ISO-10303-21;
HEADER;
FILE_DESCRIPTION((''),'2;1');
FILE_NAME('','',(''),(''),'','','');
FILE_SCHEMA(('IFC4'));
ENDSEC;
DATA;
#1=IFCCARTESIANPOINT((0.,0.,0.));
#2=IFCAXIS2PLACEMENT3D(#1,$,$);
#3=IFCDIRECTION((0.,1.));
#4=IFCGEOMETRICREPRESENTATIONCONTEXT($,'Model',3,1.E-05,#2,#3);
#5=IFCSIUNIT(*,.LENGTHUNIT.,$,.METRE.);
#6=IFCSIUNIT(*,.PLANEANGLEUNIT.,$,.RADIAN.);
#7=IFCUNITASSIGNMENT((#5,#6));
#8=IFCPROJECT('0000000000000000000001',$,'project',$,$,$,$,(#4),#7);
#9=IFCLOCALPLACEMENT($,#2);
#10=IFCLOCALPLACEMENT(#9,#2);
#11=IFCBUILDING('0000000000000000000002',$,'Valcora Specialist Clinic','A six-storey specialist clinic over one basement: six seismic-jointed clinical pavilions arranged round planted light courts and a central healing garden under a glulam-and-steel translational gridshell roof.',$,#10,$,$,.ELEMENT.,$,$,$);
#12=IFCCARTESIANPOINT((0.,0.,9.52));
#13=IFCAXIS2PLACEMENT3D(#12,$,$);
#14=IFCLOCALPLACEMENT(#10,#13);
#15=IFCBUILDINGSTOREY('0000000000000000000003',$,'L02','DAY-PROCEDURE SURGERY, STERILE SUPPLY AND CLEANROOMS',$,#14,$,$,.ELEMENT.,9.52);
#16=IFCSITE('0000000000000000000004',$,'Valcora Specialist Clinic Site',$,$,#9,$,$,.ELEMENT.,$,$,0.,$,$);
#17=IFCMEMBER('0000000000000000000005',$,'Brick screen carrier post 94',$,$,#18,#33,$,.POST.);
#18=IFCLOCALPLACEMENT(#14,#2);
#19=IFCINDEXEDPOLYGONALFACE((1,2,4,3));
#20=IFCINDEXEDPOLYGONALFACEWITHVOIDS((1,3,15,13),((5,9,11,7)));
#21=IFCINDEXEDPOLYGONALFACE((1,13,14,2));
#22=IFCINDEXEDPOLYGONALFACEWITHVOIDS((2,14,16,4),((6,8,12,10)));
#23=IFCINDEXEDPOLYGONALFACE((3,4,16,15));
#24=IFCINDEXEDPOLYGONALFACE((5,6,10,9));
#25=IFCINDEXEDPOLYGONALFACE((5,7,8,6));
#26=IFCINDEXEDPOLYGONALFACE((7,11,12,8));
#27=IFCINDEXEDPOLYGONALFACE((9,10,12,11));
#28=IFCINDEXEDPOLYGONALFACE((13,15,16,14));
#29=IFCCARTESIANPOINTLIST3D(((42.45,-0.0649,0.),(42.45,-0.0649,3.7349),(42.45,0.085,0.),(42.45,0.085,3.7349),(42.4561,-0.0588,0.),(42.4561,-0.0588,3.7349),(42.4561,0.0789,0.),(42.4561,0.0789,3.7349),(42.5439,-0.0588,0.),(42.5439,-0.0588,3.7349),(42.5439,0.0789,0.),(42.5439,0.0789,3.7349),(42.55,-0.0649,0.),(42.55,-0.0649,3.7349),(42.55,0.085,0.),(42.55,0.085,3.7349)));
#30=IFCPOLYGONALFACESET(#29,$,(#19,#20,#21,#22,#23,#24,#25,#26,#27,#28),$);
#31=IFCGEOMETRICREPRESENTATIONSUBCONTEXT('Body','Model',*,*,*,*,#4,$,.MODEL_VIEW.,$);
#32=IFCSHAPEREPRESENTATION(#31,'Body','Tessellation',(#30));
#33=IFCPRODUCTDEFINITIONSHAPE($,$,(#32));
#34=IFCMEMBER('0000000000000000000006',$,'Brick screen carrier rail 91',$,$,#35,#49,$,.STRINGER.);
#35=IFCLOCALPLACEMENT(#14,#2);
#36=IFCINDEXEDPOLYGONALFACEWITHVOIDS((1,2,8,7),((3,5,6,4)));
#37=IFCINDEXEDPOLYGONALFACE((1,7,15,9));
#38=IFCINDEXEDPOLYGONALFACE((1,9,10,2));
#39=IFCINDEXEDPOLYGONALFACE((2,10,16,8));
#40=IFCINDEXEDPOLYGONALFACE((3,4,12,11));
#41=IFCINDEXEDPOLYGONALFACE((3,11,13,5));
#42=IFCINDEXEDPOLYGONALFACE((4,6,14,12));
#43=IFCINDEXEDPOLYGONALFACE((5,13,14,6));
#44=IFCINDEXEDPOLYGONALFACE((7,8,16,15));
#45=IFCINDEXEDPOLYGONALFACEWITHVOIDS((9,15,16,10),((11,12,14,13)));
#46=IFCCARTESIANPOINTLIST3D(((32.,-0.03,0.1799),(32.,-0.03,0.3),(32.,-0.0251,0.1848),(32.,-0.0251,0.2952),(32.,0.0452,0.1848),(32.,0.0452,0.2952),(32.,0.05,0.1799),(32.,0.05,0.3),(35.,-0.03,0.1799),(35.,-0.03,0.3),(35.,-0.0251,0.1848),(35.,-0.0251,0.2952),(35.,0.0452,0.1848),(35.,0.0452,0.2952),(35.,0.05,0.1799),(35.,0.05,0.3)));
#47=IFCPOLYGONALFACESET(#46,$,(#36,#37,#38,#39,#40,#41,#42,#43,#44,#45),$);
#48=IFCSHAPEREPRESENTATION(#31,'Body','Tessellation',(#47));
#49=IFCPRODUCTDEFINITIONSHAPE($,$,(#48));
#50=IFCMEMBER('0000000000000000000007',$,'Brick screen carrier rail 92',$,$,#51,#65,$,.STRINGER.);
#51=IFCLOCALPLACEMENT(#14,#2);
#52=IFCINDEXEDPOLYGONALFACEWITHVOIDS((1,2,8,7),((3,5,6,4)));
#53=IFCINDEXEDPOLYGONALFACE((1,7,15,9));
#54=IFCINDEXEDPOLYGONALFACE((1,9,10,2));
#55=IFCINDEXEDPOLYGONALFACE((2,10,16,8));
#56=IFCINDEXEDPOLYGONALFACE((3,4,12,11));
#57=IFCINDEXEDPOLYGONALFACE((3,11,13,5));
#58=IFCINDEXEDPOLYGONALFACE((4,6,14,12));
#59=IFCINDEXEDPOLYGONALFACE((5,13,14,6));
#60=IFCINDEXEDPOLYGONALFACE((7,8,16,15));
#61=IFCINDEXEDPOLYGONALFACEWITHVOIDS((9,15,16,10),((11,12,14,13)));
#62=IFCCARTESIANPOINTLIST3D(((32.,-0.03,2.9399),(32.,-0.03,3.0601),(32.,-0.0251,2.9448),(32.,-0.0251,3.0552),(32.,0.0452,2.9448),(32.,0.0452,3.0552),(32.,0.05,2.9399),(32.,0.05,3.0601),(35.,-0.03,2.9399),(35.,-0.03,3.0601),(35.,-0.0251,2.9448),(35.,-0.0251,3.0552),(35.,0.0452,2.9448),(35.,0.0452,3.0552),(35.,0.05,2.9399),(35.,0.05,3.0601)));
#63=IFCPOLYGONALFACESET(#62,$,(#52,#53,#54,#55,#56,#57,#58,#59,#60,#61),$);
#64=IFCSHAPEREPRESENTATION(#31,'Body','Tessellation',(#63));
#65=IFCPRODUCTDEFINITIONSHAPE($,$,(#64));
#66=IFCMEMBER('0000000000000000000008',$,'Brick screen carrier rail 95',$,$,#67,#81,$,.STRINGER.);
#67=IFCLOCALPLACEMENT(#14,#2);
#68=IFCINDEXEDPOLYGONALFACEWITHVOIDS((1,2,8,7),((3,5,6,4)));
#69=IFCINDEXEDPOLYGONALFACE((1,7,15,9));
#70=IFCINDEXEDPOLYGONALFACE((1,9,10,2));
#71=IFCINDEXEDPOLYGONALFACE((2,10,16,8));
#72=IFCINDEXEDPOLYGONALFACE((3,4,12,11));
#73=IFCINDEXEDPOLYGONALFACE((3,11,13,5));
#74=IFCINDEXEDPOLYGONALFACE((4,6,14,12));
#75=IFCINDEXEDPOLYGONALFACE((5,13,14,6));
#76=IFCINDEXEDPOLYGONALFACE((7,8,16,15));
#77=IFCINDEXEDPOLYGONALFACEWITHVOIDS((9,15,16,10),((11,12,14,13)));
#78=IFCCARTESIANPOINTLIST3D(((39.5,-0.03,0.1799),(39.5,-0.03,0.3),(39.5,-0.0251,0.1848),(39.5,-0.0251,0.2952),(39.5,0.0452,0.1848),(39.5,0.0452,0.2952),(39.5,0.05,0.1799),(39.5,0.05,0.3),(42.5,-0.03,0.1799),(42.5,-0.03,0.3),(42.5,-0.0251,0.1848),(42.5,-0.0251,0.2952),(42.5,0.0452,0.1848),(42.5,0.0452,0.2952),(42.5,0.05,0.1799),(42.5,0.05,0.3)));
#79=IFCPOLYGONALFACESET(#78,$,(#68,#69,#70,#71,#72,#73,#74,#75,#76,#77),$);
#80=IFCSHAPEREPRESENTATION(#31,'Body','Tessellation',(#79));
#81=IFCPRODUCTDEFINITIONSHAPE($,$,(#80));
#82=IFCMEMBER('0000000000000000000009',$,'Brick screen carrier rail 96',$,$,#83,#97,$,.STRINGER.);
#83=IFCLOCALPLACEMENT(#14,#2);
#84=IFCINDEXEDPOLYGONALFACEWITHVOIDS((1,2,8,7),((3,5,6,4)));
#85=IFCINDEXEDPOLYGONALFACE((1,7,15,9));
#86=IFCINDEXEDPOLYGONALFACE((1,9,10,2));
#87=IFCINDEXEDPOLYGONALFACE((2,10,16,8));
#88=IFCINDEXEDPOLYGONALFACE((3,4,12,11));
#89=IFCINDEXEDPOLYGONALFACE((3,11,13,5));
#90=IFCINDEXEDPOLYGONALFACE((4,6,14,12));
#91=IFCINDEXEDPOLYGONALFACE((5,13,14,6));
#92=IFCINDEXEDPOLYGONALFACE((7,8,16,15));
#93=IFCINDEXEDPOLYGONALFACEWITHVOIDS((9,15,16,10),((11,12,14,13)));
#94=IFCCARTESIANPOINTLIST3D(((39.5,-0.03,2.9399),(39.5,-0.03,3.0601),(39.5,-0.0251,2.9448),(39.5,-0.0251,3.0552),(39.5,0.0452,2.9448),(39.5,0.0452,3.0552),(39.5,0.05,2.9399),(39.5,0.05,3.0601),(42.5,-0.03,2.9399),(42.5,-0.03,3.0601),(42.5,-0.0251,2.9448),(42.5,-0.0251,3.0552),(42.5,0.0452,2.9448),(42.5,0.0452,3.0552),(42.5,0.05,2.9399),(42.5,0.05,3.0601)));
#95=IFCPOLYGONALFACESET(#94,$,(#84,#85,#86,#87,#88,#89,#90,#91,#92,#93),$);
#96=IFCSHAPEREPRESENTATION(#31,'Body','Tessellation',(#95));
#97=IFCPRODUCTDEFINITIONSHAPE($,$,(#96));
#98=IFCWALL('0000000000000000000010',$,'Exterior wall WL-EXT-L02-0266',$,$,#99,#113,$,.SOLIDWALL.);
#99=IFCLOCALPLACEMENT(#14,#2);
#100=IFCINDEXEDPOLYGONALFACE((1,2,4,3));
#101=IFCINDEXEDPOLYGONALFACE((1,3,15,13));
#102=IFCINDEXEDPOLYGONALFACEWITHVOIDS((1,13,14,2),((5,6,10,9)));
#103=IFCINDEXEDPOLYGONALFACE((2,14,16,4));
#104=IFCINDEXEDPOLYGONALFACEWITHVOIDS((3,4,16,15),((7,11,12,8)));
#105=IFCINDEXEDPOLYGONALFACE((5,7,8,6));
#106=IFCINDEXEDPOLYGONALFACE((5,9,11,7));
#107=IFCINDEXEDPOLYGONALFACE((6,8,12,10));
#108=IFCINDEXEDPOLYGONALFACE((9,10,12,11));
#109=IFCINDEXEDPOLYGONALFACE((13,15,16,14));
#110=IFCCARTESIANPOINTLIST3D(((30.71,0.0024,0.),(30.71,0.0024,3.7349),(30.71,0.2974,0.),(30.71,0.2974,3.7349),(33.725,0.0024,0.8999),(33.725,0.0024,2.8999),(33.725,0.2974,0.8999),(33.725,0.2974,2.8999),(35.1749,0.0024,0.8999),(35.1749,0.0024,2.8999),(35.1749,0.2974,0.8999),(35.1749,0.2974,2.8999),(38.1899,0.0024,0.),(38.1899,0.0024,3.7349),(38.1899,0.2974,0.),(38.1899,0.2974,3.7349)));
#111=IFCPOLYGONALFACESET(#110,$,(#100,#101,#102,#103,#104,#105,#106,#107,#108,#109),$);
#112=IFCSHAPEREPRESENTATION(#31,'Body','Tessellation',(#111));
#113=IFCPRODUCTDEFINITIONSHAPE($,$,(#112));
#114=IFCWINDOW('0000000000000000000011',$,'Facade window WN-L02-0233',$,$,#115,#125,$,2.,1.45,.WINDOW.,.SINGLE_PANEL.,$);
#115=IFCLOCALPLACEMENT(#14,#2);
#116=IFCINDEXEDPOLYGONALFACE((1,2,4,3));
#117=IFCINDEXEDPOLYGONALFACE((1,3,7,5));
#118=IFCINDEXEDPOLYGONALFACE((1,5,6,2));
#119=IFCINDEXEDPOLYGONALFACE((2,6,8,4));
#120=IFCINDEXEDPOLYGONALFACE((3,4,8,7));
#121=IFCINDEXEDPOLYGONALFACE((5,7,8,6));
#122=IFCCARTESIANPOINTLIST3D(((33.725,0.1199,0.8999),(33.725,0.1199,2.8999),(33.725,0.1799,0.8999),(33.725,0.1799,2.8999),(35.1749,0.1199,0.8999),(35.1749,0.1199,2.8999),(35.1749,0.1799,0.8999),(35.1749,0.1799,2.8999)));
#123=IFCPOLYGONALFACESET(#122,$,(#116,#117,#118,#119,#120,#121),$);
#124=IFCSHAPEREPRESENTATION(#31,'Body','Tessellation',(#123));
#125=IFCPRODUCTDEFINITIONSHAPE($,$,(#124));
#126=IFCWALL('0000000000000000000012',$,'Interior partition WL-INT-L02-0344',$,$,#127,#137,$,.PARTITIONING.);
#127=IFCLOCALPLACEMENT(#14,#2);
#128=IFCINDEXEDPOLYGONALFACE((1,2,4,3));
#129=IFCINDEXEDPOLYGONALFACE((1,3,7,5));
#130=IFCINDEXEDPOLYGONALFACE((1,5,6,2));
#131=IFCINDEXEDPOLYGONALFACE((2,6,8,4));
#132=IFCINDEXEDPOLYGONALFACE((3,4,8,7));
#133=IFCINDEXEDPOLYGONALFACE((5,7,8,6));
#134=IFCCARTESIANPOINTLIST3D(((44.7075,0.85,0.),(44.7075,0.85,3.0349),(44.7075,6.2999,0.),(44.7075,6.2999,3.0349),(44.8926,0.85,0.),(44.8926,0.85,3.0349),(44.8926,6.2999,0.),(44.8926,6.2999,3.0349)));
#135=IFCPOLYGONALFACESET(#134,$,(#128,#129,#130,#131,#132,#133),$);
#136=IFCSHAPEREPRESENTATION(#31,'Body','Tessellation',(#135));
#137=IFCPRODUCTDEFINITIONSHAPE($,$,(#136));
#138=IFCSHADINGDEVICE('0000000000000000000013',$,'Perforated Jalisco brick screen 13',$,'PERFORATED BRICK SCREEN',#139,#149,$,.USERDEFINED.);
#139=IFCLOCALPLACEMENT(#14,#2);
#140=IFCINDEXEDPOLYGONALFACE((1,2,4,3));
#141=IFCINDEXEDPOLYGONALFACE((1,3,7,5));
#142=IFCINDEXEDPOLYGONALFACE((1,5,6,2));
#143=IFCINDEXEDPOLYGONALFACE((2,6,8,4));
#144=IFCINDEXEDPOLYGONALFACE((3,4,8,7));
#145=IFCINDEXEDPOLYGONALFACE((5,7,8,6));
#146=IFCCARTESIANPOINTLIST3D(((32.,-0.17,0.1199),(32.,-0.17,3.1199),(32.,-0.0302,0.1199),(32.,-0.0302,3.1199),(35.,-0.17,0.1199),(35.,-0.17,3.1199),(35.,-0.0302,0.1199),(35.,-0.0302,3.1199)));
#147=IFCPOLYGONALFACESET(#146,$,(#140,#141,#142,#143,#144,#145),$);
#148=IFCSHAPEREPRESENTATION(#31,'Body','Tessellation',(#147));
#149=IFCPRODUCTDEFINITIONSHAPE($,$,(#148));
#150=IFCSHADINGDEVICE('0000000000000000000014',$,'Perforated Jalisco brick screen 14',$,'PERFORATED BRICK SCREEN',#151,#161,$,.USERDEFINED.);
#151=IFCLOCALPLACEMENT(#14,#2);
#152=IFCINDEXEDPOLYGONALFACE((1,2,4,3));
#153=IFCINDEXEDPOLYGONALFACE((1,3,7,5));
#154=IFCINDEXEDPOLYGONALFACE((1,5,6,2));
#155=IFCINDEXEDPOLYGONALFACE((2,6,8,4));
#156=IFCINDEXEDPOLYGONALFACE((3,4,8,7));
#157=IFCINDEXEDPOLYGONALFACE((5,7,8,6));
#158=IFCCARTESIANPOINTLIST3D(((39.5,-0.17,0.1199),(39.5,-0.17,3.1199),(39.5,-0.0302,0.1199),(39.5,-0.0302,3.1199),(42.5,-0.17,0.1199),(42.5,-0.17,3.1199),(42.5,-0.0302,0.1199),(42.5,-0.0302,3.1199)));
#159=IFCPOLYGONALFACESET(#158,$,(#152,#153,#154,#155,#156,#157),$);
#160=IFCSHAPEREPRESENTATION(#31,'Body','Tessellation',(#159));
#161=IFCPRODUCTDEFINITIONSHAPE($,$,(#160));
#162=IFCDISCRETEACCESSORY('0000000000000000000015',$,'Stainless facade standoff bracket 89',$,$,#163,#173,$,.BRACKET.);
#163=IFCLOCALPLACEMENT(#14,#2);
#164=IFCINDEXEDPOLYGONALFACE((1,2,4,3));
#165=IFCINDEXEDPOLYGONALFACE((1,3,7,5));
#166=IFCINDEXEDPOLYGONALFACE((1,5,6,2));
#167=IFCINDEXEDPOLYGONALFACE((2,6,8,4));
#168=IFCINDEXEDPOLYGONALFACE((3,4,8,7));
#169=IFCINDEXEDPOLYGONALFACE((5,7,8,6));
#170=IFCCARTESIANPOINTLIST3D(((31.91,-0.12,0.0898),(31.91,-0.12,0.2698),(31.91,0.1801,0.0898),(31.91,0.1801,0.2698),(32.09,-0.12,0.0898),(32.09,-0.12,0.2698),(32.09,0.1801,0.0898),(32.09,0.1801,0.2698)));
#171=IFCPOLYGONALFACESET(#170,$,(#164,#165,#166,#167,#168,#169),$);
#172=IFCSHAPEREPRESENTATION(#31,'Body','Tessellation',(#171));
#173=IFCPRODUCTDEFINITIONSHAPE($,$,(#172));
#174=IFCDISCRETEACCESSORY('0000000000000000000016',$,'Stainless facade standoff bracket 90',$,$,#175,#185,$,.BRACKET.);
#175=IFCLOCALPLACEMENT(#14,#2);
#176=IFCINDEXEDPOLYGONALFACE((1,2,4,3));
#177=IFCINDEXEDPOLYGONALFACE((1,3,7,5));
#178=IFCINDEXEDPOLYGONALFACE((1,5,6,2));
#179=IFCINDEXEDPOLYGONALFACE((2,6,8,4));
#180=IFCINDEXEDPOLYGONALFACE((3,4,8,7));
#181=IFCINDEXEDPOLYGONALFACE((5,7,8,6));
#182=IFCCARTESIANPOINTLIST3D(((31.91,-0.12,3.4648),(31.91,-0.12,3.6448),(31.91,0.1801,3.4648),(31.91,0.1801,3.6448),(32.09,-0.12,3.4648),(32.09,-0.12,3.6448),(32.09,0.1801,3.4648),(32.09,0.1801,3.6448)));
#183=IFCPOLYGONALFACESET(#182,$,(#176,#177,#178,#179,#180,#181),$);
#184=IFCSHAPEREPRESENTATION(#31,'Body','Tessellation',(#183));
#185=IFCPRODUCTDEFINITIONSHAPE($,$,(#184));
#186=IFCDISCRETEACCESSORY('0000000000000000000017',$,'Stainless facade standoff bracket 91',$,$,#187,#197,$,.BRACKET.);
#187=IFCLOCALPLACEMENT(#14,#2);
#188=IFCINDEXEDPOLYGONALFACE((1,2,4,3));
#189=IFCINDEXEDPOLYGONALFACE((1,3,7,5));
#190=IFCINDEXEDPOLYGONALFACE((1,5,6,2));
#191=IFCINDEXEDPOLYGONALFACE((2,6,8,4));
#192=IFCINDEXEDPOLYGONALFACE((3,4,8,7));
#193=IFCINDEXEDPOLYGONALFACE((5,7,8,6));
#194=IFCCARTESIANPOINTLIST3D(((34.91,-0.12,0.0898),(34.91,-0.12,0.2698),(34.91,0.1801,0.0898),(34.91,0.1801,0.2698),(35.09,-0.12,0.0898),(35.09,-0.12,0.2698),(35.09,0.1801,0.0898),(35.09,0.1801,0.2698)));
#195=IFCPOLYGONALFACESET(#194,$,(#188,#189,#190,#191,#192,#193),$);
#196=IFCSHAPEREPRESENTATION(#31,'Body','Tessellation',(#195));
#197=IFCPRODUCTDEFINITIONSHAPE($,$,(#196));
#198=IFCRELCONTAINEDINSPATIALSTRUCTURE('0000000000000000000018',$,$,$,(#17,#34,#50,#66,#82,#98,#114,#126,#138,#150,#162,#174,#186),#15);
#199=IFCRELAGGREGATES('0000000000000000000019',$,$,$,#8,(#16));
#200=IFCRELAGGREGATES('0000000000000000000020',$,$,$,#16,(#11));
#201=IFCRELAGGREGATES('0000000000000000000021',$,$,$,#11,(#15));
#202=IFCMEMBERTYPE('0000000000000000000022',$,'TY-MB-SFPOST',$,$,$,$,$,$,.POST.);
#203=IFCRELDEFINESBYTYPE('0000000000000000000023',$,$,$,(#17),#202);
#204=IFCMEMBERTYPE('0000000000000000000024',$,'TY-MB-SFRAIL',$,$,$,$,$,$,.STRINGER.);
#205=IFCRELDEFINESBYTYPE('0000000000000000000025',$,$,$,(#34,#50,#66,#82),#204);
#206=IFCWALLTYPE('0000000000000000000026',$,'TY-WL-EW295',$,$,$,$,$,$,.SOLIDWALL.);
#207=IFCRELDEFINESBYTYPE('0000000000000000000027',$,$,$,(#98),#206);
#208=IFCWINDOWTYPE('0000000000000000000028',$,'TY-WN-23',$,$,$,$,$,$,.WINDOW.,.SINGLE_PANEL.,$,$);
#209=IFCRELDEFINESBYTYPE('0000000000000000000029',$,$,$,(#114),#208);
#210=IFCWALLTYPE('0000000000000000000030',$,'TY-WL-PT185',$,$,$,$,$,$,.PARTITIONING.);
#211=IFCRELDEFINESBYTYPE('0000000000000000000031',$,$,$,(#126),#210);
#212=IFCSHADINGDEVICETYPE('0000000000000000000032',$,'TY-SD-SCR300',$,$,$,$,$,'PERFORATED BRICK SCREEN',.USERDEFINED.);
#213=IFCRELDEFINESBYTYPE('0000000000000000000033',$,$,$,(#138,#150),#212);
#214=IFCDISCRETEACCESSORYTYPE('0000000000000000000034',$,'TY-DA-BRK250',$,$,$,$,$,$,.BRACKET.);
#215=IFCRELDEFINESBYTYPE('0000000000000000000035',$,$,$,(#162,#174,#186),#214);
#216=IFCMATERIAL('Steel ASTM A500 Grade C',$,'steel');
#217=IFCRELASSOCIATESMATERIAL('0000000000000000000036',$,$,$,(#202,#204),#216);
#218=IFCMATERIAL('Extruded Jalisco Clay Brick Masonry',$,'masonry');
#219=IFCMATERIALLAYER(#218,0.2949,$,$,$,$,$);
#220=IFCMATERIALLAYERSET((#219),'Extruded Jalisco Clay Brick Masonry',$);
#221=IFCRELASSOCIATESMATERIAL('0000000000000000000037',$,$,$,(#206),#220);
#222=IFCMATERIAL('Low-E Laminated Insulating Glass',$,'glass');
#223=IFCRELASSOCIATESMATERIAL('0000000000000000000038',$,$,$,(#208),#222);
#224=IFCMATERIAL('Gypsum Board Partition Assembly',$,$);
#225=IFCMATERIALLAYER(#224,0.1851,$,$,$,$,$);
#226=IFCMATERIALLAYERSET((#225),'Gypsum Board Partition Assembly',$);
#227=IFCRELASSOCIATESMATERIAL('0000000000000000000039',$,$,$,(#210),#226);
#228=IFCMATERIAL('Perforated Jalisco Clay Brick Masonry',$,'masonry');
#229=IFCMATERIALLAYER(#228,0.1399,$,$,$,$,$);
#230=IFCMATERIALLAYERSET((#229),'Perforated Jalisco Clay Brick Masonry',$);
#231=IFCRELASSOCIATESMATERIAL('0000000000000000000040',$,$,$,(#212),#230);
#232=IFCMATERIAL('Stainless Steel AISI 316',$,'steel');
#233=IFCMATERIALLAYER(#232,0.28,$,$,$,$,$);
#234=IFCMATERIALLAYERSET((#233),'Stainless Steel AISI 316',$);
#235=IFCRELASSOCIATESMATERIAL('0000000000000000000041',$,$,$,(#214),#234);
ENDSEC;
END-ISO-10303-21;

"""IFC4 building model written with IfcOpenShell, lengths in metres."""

from ifc_helpers import new_model, si_unit, direction, frame, frame_2d, origin, origin_2d, place, context, subcontext, project, spatial, rectangle, hollow_rectangle, extrude, material, layer, layer_set, material_profile, profile_set, type_object, element, fill, save


model = new_model("IFC4")

# Units and contexts
model_context = context("Model", 3, precision=1e-05, world=origin(), true_north=direction((0.0, 1.0)))
body_context = subcontext(model_context, "Body", "Model", "MODEL_VIEW")
ifc_project = project(units=[si_unit("LENGTHUNIT", "METRE"), si_unit("PLANEANGLEUNIT", "RADIAN")], contexts=[model_context])

# Site, building, storey
site_placement = place(None, origin())
site = spatial("IfcSite", under=ifc_project, at=site_placement, Name="Valcora Specialist Clinic Site", CompositionType="ELEMENT", RefElevation=0.0)
building_placement = place(site_placement, origin())
building = spatial("IfcBuilding", under=site, at=building_placement, Name="Valcora Specialist Clinic", Description="A six-storey specialist clinic over one basement: six seismic-jointed clinical pavilions arranged round planted light courts and a central healing garden under a glulam-and-steel translational gridshell roof.", CompositionType="ELEMENT")
storey_placement = place(building_placement, frame((0.0, 0.0, 9.52)))
storey = spatial("IfcBuildingStorey", under=building, at=storey_placement, Name="L02", Description="DAY-PROCEDURE SURGERY, STERILE SUPPLY AND CLEANROOMS", CompositionType="ELEMENT", Elevation=9.52)

# Members
ifc_material_1 = material(Name="Steel ASTM A500 Grade C", Category="steel")
ifc_material_profile_1 = material_profile(ifc_material_1, hollow_rectangle(XDim=0.1001, YDim=0.1499, WallThickness=0.0061, at=origin_2d()), Name="ST-RHS-150X100X6")
ifc_profile_set_1 = profile_set([ifc_material_profile_1], Name="Steel ASTM A500 Grade C")
member_type_1 = type_object("IfcMemberType", Name="TY-MB-SFPOST", PredefinedType="POST", material=ifc_profile_set_1)
for number, where, z_axis, x_axis, name in (
    (1, (42.5, 0.01, 0.0), (0.0, 0.0, 1.0), (1.0, 0.0, 0.0), "Brick screen carrier post 94"),
):
    element("IfcMember", number, at=place(storey_placement, frame(where, z_axis=z_axis, x_axis=x_axis)), inside=storey, type_object=member_type_1, Name=name, PredefinedType="POST", context=body_context, shape_type="SweptSolid", body=[
        extrude(hollow_rectangle(XDim=0.1001, YDim=0.1499, WallThickness=0.0061, at=origin_2d()), origin(), (0.0, 0.0, 1.0), 3.7349),
    ])
ifc_material_profile_2 = material_profile(ifc_material_1, hollow_rectangle(XDim=0.0801, YDim=0.1201, WallThickness=0.0049, at=origin_2d()), Name="ST-RHS-120X80X5")
ifc_profile_set_2 = profile_set([ifc_material_profile_2], Name="Steel ASTM A500 Grade C")
member_type_2 = type_object("IfcMemberType", Name="TY-MB-SFRAIL", PredefinedType="STRINGER", material=ifc_profile_set_2)
for number, where, z_axis, x_axis, name in (
    (2, (32.0, 0.01, 0.24), (1.0, 0.0, 0.0), (0.0, 1.0, 0.0), "Brick screen carrier rail 91"),
    (3, (32.0, 0.01, 3.0), (1.0, 0.0, 0.0), (0.0, 1.0, 0.0), "Brick screen carrier rail 92"),
    (4, (39.5, 0.01, 0.24), (1.0, 0.0, 0.0), (0.0, 1.0, 0.0), "Brick screen carrier rail 95"),
    (5, (39.5, 0.01, 3.0), (1.0, 0.0, 0.0), (0.0, 1.0, 0.0), "Brick screen carrier rail 96"),
):
    element("IfcMember", number, at=place(storey_placement, frame(where, z_axis=z_axis, x_axis=x_axis)), inside=storey, type_object=member_type_2, Name=name, PredefinedType="STRINGER", context=body_context, shape_type="SweptSolid", body=[
        extrude(hollow_rectangle(XDim=0.0801, YDim=0.1201, WallThickness=0.0049, at=origin_2d()), origin(), (0.0, 0.0, 1.0), 3.0),
    ])

# Wall, opening, window
ifc_material_2 = material(Name="Extruded Jalisco Clay Brick Masonry", Category="masonry")
ifc_layer_1 = layer(ifc_material_2, 0.2949)
ifc_layer_set_1 = layer_set([ifc_layer_1], Name="Extruded Jalisco Clay Brick Masonry")
wall_type_1 = type_object("IfcWallType", Name="TY-WL-EW295", PredefinedType="SOLIDWALL", material=ifc_layer_set_1)
wall_1_placement = place(storey_placement, frame((38.1899, 0.1499, 0.0), z_axis=(0.0, 0.0, 1.0), x_axis=(-1.0, 0.0, 0.0)))
wall_1 = element("IfcWall", 6, at=wall_1_placement, inside=storey, type_object=wall_type_1, Name="Exterior wall WL-EXT-L02-0266", PredefinedType="SOLIDWALL", context=body_context, shape_type="SweptSolid", body=[
    extrude(rectangle(XDim=7.48, YDim=0.2949, at=frame_2d((3.74, 0.0))), origin(), (0.0, 0.0, 1.0), 3.7349),
])
opening_placement = place(wall_1_placement, frame((3.0149, 0.0, 0.8999)))
opening = element("IfcOpeningElement", 7, at=opening_placement, cuts=wall_1, PredefinedType="OPENING", context=body_context, shape_type="SweptSolid", body=[
    extrude(rectangle(XDim=1.45, YDim=2.0, at=frame_2d((0.7251, 1.0))), frame((0.0, 0.1575, 0.0), z_axis=(0.0, -1.0, 0.0), x_axis=(1.0, 0.0, 0.0)), (0.0, 0.0, 1.0), 0.3149),
])
ifc_material_3 = material(Name="Low-E Laminated Insulating Glass", Category="glass")
window_type = type_object("IfcWindowType", Name="TY-WN-23", PartitioningType="SINGLE_PANEL", PredefinedType="WINDOW", material=ifc_material_3)
window_placement = place(opening_placement, origin())
window = element("IfcWindow", 8, at=window_placement, inside=storey, type_object=window_type, Name="Facade window WN-L02-0233", OverallHeight=2.0, OverallWidth=1.45, PartitioningType="SINGLE_PANEL", PredefinedType="WINDOW", context=body_context, shape_type="SweptSolid", body=[
    extrude(rectangle(XDim=1.45, YDim=2.0, at=frame_2d((0.7251, 1.0))), frame((0.0, 0.03, 0.0), z_axis=(0.0, -1.0, 0.0), x_axis=(1.0, 0.0, 0.0)), (0.0, 0.0, 1.0), 0.0601),
])
fill(opening, window)

# Wall
ifc_material_4 = material(Name="Gypsum Board Partition Assembly")
ifc_layer_2 = layer(ifc_material_4, 0.1851)
ifc_layer_set_2 = layer_set([ifc_layer_2], Name="Gypsum Board Partition Assembly")
wall_type_2 = type_object("IfcWallType", Name="TY-WL-PT185", PredefinedType="PARTITIONING", material=ifc_layer_set_2)
wall_2_placement = place(storey_placement, frame((44.8, 6.3, 0.0), z_axis=(0.0, 0.0, 1.0), x_axis=(0.0, -1.0, 0.0)))
element("IfcWall", 9, at=wall_2_placement, inside=storey, type_object=wall_type_2, Name="Interior partition WL-INT-L02-0344", PredefinedType="PARTITIONING", context=body_context, shape_type="SweptSolid", body=[
    extrude(rectangle(XDim=5.45, YDim=0.1851, at=frame_2d((2.7251, 0.0))), origin(), (0.0, 0.0, 1.0), 3.0349),
])

# Shading devices
ifc_material_5 = material(Name="Perforated Jalisco Clay Brick Masonry", Category="masonry")
ifc_layer_3 = layer(ifc_material_5, 0.1399)
ifc_layer_set_3 = layer_set([ifc_layer_3], Name="Perforated Jalisco Clay Brick Masonry")
shading_device_type = type_object("IfcShadingDeviceType", Name="TY-SD-SCR300", ElementType="PERFORATED BRICK SCREEN", PredefinedType="USERDEFINED", material=ifc_layer_set_3)
for number, where, z_axis, x_axis, name in (
    (10, (33.5, -0.1001, 0.1199), (0.0, 0.0, 1.0), (1.0, 0.0, 0.0), "Perforated Jalisco brick screen 13"),
    (11, (41.0, -0.1001, 0.1199), (0.0, 0.0, 1.0), (1.0, 0.0, 0.0), "Perforated Jalisco brick screen 14"),
):
    element("IfcShadingDevice", number, at=place(storey_placement, frame(where, z_axis=z_axis, x_axis=x_axis)), inside=storey, type_object=shading_device_type, Name=name, ObjectType="PERFORATED BRICK SCREEN", PredefinedType="USERDEFINED", context=body_context, shape_type="SweptSolid", body=[
        extrude(rectangle(XDim=3.0, YDim=0.1399, at=origin_2d()), origin(), (0.0, 0.0, 1.0), 3.0),
    ])

# Discrete accessories
ifc_material_6 = material(Name="Stainless Steel AISI 316", Category="steel")
ifc_layer_4 = layer(ifc_material_6, 0.28)
ifc_layer_set_4 = layer_set([ifc_layer_4], Name="Stainless Steel AISI 316")
discrete_accessory_type = type_object("IfcDiscreteAccessoryType", Name="TY-DA-BRK250", PredefinedType="BRACKET", material=ifc_layer_set_4)
for number, where, z_axis, x_axis, name in (
    (12, (32.0, 0.03, 0.0898), (0.0, 0.0, 1.0), (1.0, 0.0, 0.0), "Stainless facade standoff bracket 89"),
    (13, (32.0, 0.03, 3.4648), (0.0, 0.0, 1.0), (1.0, 0.0, 0.0), "Stainless facade standoff bracket 90"),
    (14, (35.0, 0.03, 0.0898), (0.0, 0.0, 1.0), (1.0, 0.0, 0.0), "Stainless facade standoff bracket 91"),
):
    element("IfcDiscreteAccessory", number, at=place(storey_placement, frame(where, z_axis=z_axis, x_axis=x_axis)), inside=storey, type_object=discrete_accessory_type, Name=name, PredefinedType="BRACKET", context=body_context, shape_type="SweptSolid", body=[
        extrude(rectangle(XDim=0.1799, YDim=0.3, at=origin_2d()), origin(), (0.0, 0.0, 1.0), 0.1799),
    ])

save(model, "model.ifc")
